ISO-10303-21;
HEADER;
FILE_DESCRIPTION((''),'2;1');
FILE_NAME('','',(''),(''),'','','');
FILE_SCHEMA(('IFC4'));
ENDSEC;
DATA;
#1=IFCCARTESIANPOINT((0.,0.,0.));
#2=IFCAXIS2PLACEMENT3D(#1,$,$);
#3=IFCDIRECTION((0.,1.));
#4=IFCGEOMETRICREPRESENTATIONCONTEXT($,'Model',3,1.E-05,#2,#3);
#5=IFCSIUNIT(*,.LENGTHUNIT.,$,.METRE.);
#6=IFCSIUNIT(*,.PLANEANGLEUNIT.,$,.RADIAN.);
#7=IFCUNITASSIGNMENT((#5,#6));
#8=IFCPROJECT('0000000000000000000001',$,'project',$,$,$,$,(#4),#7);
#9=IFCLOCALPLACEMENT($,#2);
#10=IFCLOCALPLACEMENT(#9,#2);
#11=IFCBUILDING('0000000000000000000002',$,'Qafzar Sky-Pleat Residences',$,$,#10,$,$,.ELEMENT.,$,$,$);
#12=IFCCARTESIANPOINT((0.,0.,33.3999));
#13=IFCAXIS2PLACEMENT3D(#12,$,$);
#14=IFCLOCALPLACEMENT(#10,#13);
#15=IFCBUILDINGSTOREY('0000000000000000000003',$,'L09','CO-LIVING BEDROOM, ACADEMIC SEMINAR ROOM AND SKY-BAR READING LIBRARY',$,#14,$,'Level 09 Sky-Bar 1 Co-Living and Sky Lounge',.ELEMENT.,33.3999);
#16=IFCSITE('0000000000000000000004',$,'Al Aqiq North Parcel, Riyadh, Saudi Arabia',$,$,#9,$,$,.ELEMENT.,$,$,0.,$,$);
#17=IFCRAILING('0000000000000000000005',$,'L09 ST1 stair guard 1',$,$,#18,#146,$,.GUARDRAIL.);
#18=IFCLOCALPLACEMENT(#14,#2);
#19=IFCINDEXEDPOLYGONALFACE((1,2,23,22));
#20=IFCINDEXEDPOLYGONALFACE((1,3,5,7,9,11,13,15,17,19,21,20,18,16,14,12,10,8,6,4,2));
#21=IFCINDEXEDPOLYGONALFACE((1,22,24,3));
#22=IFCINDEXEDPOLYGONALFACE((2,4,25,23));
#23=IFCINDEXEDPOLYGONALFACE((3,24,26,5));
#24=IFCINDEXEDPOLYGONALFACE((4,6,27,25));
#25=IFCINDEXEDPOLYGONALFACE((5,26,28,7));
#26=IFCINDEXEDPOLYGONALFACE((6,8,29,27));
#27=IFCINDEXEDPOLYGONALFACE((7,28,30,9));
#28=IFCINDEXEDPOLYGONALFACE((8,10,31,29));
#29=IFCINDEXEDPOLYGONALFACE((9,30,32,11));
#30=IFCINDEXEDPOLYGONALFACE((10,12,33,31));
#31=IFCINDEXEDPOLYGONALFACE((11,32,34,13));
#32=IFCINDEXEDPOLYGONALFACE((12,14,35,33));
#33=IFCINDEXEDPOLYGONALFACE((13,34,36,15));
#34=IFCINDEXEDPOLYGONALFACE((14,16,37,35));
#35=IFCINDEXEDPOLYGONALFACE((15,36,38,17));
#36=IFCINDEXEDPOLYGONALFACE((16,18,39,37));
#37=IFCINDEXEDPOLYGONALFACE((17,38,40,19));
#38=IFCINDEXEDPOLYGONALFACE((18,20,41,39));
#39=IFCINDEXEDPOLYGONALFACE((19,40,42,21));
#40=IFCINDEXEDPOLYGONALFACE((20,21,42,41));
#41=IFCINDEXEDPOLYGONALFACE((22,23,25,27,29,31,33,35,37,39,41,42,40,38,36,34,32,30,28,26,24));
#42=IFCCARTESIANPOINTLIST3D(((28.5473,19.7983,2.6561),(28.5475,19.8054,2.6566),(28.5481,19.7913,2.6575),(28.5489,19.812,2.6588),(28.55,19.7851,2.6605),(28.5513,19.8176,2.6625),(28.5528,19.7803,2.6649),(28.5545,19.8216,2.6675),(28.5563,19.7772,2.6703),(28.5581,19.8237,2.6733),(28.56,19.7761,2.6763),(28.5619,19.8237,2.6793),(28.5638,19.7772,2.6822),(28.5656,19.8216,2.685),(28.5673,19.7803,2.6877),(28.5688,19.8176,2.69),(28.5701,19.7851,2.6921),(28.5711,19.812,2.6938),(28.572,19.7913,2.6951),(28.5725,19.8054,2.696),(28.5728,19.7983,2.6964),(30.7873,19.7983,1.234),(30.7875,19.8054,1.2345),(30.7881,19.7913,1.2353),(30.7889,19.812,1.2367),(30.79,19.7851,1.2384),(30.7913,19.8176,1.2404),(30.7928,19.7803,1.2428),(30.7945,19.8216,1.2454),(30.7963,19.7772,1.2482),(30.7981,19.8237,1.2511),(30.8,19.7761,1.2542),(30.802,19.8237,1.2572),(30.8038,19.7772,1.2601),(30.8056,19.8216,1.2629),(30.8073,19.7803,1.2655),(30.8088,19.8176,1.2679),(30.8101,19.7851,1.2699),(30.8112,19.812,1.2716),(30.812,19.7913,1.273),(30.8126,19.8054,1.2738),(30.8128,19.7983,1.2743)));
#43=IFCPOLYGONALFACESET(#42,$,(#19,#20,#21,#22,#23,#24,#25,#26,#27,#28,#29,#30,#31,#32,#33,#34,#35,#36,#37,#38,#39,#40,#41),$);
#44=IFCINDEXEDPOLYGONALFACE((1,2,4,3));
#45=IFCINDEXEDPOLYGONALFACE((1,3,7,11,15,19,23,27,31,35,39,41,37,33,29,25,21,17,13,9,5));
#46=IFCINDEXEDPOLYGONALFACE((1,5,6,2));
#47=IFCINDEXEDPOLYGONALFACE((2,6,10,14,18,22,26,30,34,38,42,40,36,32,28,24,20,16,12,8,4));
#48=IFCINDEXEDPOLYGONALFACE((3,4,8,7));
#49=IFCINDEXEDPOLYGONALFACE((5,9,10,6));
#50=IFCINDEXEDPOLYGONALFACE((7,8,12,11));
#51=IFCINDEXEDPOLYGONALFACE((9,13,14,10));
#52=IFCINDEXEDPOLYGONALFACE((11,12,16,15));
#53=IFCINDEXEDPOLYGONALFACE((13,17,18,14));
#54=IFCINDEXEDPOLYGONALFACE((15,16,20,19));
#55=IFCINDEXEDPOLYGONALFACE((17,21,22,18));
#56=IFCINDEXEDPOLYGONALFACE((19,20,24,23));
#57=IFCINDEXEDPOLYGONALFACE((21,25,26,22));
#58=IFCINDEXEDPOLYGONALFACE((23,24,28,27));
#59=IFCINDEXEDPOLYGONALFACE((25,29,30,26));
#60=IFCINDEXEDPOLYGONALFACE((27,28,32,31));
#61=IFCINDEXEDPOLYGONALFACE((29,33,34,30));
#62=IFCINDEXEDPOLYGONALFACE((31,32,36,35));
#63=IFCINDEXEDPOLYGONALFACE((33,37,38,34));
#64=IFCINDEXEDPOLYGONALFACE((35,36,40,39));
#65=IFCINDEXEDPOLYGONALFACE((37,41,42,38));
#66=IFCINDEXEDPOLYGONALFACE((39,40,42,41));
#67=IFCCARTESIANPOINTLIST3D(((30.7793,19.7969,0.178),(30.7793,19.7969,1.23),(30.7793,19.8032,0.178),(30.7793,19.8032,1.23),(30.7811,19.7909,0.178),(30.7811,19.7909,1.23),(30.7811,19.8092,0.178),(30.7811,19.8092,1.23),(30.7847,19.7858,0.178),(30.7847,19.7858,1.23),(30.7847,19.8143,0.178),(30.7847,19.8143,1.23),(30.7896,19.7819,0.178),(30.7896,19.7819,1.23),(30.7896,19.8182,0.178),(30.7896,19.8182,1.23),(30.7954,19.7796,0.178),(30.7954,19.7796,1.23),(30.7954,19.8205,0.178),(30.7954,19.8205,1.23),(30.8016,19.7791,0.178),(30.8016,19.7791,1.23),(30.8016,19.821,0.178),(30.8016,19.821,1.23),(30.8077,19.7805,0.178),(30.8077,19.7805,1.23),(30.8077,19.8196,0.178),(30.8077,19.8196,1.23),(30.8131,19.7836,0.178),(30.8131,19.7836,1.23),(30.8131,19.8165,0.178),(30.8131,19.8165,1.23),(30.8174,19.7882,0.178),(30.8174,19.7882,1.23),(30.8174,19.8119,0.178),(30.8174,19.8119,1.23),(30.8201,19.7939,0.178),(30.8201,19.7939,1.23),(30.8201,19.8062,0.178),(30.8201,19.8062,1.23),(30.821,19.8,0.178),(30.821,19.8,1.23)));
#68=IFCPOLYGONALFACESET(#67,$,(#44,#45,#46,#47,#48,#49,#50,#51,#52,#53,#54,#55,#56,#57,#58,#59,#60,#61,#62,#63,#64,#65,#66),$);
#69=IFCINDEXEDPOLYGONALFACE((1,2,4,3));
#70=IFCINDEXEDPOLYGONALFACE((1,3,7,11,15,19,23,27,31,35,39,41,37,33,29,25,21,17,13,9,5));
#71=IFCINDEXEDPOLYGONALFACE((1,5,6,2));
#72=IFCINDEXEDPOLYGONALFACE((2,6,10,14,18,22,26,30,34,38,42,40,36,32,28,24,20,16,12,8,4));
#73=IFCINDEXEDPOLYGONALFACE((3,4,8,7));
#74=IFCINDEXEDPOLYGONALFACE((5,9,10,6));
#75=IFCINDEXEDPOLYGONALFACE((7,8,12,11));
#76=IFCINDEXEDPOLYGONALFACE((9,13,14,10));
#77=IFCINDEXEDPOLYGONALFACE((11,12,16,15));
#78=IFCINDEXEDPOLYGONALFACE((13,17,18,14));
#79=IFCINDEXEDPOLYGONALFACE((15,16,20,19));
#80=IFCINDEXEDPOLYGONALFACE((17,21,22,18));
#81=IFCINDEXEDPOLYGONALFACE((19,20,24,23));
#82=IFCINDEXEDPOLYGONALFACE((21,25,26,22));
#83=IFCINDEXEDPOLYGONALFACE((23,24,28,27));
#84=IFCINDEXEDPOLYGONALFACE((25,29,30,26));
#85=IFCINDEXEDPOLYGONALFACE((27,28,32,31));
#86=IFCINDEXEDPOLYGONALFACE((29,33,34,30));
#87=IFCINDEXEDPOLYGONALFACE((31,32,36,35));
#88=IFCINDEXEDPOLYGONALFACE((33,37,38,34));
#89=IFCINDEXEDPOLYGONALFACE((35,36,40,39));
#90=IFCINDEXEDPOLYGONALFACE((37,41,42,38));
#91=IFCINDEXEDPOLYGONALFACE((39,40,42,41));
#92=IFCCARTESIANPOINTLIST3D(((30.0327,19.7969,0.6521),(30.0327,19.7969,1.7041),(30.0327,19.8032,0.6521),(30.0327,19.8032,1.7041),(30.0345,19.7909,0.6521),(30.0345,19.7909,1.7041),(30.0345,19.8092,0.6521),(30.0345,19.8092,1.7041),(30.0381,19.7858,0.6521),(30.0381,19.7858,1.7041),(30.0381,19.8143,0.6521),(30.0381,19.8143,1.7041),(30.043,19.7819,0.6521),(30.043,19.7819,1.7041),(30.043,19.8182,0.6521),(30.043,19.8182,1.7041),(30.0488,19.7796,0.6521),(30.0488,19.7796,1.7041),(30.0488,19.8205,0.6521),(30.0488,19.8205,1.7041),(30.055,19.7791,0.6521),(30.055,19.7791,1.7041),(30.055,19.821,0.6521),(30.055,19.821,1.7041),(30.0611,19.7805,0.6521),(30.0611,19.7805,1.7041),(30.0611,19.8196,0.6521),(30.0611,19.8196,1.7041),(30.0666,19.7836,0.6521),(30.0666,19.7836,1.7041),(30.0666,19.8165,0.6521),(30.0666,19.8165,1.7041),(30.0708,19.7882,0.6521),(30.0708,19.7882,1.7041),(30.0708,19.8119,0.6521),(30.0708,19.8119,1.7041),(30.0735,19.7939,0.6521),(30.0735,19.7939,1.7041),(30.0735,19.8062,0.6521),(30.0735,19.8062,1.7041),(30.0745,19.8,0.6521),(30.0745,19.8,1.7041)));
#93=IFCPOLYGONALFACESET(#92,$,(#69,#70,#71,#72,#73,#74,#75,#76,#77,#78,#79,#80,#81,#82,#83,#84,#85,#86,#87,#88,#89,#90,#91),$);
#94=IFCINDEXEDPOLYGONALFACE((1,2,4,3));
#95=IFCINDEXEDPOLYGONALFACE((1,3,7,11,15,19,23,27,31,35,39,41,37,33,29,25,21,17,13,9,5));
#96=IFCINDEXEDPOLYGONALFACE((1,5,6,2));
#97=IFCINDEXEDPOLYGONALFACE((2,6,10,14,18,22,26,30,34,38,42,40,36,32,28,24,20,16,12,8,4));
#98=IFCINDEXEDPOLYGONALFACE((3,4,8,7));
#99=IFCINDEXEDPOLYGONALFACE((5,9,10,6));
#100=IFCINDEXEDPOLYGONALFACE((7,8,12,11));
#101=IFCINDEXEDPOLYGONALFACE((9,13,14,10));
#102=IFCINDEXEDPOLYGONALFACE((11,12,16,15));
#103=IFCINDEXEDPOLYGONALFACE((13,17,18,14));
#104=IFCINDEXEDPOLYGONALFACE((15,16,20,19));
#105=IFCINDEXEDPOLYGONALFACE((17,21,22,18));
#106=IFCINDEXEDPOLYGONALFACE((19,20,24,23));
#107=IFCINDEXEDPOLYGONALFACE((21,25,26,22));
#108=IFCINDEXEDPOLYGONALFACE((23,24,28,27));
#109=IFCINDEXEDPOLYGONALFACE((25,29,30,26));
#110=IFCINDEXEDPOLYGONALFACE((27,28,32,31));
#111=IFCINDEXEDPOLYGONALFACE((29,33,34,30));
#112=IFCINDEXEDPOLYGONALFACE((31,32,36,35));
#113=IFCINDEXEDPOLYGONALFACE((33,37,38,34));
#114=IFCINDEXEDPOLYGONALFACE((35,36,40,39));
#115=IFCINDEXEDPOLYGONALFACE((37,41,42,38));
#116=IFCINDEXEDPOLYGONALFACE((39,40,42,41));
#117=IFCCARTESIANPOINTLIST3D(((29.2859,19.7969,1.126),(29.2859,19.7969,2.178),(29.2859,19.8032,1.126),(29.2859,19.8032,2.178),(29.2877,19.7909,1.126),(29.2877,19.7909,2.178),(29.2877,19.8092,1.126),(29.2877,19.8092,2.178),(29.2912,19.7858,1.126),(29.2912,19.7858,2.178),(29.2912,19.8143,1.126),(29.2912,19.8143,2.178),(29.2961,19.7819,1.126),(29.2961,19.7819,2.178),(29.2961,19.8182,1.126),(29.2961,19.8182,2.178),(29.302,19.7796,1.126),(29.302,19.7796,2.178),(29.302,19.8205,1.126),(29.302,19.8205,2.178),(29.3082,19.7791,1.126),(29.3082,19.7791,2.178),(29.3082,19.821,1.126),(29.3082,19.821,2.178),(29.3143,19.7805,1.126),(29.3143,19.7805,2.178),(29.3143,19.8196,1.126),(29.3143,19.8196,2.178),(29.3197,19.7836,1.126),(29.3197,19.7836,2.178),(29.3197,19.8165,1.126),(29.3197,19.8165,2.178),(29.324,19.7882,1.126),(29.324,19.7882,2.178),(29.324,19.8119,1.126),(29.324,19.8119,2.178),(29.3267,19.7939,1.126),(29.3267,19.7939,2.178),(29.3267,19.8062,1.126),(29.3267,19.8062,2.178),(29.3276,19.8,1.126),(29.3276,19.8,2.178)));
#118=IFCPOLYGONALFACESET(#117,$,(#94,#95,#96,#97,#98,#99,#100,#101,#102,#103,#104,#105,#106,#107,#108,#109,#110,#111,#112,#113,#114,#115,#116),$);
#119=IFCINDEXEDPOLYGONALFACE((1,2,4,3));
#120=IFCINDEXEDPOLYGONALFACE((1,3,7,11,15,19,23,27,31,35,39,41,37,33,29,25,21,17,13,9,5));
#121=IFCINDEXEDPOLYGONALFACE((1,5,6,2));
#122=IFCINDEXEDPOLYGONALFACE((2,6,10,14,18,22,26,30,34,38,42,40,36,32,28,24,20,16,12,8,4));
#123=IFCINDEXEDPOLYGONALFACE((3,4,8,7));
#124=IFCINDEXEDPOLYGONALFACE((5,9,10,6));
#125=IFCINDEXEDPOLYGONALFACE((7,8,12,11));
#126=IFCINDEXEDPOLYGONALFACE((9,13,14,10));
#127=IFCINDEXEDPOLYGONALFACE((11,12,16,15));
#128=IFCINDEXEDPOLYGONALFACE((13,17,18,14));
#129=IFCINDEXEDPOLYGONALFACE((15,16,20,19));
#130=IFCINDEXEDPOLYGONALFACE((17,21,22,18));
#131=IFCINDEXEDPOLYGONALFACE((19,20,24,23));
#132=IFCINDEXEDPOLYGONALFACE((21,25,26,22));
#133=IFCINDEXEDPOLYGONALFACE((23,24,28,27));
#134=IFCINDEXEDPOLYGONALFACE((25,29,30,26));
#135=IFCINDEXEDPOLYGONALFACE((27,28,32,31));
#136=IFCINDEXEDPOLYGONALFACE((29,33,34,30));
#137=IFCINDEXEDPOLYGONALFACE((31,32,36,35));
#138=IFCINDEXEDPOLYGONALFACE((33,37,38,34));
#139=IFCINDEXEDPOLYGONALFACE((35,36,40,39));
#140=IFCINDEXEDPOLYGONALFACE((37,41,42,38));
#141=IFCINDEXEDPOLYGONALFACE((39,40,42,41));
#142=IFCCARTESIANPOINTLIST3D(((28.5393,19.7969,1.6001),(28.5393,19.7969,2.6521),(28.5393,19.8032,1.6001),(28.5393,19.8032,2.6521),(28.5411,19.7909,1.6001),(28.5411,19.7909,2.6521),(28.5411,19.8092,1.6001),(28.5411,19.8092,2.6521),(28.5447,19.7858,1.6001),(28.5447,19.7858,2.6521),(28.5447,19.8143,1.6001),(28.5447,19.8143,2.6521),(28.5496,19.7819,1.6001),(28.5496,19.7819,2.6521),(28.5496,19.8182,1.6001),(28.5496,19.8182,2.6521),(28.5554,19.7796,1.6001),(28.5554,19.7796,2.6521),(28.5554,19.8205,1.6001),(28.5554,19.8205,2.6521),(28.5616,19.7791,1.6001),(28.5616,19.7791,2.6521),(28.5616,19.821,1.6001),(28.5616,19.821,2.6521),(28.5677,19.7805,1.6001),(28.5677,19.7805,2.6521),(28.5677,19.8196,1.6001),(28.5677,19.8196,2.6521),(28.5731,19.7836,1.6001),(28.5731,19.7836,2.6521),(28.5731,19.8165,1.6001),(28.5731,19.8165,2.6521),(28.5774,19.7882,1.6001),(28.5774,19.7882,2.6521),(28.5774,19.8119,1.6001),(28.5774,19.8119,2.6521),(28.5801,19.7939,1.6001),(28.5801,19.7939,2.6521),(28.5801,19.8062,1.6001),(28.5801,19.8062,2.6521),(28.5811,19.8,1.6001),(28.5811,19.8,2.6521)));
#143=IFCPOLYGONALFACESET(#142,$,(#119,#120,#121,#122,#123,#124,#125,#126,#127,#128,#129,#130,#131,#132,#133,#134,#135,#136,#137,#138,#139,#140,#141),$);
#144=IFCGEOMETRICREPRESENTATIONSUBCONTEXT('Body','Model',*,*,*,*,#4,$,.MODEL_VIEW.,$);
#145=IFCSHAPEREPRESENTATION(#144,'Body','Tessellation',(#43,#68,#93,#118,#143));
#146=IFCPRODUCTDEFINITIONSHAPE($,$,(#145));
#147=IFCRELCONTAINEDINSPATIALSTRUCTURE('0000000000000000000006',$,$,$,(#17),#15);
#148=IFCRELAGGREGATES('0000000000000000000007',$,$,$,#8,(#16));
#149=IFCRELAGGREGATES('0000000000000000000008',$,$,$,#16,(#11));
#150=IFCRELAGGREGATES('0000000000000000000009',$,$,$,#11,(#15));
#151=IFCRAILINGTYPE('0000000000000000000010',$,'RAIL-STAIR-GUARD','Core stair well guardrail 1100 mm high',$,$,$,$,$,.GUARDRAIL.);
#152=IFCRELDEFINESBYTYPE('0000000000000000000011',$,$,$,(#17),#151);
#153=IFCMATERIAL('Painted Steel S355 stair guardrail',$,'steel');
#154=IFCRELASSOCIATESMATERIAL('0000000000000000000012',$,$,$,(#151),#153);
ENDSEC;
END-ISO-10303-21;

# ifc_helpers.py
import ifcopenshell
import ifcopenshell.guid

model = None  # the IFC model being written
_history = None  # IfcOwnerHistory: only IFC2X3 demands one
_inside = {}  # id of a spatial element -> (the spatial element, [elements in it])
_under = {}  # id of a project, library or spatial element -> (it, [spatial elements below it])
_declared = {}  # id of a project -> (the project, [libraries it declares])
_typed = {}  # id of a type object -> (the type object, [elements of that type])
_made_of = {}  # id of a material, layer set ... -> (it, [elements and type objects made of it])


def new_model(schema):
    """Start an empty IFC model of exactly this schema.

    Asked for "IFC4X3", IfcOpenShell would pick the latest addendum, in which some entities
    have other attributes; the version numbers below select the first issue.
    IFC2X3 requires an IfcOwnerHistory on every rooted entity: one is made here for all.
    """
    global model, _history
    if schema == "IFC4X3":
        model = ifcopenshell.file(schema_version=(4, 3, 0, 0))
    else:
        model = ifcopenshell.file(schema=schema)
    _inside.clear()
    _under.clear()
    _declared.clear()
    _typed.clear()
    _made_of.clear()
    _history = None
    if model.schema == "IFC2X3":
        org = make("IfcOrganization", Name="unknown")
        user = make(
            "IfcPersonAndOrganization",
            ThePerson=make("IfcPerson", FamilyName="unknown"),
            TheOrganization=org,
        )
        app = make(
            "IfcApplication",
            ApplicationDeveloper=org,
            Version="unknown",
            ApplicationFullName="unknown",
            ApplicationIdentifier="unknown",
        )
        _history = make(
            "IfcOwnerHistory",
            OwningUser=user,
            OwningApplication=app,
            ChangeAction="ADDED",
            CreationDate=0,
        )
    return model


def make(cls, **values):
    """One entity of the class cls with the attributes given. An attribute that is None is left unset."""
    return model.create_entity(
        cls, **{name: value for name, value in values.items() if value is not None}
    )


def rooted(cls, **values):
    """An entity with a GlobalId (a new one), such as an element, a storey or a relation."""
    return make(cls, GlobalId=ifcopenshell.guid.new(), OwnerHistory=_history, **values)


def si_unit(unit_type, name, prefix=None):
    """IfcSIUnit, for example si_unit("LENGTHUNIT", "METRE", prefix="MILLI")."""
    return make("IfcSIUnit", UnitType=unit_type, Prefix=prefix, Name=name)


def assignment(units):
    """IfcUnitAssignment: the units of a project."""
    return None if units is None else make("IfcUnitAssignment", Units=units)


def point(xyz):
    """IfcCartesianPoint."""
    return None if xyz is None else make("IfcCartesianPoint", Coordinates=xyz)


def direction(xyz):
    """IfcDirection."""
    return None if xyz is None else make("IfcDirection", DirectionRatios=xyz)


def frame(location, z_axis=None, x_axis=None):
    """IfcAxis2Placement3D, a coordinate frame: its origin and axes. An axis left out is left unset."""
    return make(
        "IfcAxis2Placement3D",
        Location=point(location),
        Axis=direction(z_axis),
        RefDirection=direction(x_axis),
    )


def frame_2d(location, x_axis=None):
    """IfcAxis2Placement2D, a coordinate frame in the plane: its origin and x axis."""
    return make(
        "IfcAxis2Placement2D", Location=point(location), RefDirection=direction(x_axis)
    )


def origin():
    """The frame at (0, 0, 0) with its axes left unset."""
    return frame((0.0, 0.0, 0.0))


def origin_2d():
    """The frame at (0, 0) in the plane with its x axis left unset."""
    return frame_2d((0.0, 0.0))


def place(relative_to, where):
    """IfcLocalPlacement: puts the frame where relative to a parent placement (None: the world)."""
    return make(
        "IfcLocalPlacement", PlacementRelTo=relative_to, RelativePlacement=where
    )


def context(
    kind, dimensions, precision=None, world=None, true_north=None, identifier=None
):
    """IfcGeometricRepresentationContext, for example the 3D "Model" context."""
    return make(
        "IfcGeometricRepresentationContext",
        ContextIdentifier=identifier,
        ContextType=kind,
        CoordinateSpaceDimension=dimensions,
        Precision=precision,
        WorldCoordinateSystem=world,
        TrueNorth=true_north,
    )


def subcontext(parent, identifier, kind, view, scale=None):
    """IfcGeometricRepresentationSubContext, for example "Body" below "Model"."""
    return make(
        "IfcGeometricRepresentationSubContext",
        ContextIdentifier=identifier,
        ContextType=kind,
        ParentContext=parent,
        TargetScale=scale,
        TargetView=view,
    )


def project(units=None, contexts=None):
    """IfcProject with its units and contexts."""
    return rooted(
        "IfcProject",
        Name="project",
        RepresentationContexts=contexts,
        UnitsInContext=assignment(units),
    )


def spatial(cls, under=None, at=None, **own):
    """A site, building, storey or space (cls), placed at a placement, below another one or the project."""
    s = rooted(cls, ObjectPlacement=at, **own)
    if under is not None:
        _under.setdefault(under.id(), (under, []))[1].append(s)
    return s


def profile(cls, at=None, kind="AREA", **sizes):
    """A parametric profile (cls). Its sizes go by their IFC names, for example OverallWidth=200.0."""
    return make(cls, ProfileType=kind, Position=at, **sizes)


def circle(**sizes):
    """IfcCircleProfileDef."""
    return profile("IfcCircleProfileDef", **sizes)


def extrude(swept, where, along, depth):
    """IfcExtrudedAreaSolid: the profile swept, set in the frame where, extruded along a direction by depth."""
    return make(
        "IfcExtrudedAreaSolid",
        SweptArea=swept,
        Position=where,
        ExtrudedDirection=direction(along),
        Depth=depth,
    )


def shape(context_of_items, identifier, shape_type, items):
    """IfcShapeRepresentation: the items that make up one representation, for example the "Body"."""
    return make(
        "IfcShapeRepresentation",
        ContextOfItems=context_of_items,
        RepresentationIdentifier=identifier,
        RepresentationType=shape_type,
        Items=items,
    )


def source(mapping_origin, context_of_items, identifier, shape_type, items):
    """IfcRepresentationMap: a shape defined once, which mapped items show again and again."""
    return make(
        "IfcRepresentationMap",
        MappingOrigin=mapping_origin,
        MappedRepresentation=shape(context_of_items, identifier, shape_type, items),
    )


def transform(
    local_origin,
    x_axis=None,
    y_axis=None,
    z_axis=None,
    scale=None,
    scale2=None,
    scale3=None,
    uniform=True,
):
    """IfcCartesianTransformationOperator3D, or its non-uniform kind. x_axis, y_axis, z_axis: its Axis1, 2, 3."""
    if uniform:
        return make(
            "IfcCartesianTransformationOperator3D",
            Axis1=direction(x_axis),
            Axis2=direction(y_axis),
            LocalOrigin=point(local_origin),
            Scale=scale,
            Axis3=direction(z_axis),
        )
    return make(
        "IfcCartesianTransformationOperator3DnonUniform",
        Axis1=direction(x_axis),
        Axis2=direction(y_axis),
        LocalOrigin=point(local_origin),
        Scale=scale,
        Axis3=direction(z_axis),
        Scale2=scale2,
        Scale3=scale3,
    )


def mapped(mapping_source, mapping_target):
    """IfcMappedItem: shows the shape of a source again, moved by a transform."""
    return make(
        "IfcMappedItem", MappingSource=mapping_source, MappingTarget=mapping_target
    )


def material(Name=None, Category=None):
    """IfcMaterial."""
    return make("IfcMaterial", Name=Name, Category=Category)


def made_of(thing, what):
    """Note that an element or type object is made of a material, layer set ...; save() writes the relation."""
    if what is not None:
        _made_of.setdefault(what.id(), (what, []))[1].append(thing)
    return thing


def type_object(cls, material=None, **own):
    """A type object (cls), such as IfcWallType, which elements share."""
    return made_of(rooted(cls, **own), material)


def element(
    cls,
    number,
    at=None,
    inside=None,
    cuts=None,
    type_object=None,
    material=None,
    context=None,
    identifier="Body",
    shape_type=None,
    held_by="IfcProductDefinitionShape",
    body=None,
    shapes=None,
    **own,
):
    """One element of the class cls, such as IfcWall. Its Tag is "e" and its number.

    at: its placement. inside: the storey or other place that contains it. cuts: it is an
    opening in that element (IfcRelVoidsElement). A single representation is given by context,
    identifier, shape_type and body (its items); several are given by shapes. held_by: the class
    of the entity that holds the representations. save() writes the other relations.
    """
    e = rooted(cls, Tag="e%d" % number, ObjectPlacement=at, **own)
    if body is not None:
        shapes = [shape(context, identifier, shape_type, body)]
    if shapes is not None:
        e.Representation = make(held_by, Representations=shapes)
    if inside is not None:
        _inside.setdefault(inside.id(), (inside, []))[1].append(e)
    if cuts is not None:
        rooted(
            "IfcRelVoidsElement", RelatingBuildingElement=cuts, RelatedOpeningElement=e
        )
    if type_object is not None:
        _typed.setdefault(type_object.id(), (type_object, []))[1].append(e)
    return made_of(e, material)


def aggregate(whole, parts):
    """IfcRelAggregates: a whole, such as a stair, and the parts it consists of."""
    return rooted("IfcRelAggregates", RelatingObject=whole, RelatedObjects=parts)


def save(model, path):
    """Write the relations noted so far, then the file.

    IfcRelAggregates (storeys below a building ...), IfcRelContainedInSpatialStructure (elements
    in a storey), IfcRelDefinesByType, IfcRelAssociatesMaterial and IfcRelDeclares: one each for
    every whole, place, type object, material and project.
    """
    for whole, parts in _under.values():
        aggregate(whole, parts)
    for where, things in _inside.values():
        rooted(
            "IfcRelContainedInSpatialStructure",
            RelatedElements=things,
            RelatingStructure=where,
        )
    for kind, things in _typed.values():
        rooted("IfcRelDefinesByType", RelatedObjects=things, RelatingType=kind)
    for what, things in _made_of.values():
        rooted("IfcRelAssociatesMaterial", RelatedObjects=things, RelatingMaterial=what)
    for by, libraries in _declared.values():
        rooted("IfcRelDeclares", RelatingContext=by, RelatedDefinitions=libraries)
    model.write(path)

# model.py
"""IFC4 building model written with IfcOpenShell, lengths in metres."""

from ifc_helpers import new_model, si_unit, direction, frame, origin, origin_2d, place, context, subcontext, project, spatial, circle, extrude, source, transform, mapped, material, type_object, element, save


model = new_model("IFC4")

# Units and contexts
model_context = context("Model", 3, precision=1e-05, world=origin(), true_north=direction((0.0, 1.0)))
body_context = subcontext(model_context, "Body", "Model", "MODEL_VIEW")
ifc_project = project(units=[si_unit("LENGTHUNIT", "METRE"), si_unit("PLANEANGLEUNIT", "RADIAN")], contexts=[model_context])

# Site, building, storey
site_placement = place(None, origin())
site = spatial("IfcSite", under=ifc_project, at=site_placement, Name="Al Aqiq North Parcel, Riyadh, Saudi Arabia", CompositionType="ELEMENT", RefElevation=0.0)
building_placement = place(site_placement, origin())
building = spatial("IfcBuilding", under=site, at=building_placement, Name="Qafzar Sky-Pleat Residences", CompositionType="ELEMENT")
storey_placement = place(building_placement, frame((0.0, 0.0, 33.3999)))
storey = spatial("IfcBuildingStorey", under=building, at=storey_placement, Name="L09", Description="CO-LIVING BEDROOM, ACADEMIC SEMINAR ROOM AND SKY-BAR READING LIBRARY", LongName="Level 09 Sky-Bar 1 Co-Living and Sky Lounge", CompositionType="ELEMENT", Elevation=33.3999)

# Railing
ifc_material_1 = material(Name="Painted Steel S355 stair guardrail", Category="steel")
railing_type_1 = type_object("IfcRailingType", Name="RAIL-STAIR-GUARD", Description="Core stair well guardrail 1100 mm high", PredefinedType="GUARDRAIL", material=ifc_material_1)
shared_shape_1 = source(origin(), body_context, "Body", "SweptSolid", [
    extrude(circle(Radius=0.0239, at=origin_2d()), frame((0.0, 0.0, 1.0762), z_axis=(-0.844229, 0.0, 0.535982), x_axis=(0.0, -1.0, 0.0)), (0.0, 0.0, 1.0), 2.6533),
    extrude(circle(Radius=0.021, at=origin_2d()), origin(), (0.0, 0.0, 1.0), 1.052),
    extrude(circle(Radius=0.021, at=origin_2d()), frame((-0.7466, 0.0, 0.4741)), (0.0, 0.0, 1.0), 1.052),
    extrude(circle(Radius=0.021, at=origin_2d()), frame((-1.4934, 0.0, 0.948)), (0.0, 0.0, 1.0), 1.052),
    extrude(circle(Radius=0.021, at=origin_2d()), frame((-2.24, 0.0, 1.4221)), (0.0, 0.0, 1.0), 1.052),
])
railing_1_placement = place(storey_placement, frame((30.8, 19.8, 0.178)))
element("IfcRailing", 1, at=railing_1_placement, inside=storey, type_object=railing_type_1, Name="L09 ST1 stair guard 1", PredefinedType="GUARDRAIL", context=body_context, shape_type="MappedRepresentation", body=[
    mapped(shared_shape_1, transform((0.0, 0.0, 0.0), x_axis=(1.0, 0.0, 0.0), y_axis=(0.0, 1.0, 0.0), z_axis=(0.0, 0.0, 1.0), scale=1.0)),
])

save(model, "model.ifc")
